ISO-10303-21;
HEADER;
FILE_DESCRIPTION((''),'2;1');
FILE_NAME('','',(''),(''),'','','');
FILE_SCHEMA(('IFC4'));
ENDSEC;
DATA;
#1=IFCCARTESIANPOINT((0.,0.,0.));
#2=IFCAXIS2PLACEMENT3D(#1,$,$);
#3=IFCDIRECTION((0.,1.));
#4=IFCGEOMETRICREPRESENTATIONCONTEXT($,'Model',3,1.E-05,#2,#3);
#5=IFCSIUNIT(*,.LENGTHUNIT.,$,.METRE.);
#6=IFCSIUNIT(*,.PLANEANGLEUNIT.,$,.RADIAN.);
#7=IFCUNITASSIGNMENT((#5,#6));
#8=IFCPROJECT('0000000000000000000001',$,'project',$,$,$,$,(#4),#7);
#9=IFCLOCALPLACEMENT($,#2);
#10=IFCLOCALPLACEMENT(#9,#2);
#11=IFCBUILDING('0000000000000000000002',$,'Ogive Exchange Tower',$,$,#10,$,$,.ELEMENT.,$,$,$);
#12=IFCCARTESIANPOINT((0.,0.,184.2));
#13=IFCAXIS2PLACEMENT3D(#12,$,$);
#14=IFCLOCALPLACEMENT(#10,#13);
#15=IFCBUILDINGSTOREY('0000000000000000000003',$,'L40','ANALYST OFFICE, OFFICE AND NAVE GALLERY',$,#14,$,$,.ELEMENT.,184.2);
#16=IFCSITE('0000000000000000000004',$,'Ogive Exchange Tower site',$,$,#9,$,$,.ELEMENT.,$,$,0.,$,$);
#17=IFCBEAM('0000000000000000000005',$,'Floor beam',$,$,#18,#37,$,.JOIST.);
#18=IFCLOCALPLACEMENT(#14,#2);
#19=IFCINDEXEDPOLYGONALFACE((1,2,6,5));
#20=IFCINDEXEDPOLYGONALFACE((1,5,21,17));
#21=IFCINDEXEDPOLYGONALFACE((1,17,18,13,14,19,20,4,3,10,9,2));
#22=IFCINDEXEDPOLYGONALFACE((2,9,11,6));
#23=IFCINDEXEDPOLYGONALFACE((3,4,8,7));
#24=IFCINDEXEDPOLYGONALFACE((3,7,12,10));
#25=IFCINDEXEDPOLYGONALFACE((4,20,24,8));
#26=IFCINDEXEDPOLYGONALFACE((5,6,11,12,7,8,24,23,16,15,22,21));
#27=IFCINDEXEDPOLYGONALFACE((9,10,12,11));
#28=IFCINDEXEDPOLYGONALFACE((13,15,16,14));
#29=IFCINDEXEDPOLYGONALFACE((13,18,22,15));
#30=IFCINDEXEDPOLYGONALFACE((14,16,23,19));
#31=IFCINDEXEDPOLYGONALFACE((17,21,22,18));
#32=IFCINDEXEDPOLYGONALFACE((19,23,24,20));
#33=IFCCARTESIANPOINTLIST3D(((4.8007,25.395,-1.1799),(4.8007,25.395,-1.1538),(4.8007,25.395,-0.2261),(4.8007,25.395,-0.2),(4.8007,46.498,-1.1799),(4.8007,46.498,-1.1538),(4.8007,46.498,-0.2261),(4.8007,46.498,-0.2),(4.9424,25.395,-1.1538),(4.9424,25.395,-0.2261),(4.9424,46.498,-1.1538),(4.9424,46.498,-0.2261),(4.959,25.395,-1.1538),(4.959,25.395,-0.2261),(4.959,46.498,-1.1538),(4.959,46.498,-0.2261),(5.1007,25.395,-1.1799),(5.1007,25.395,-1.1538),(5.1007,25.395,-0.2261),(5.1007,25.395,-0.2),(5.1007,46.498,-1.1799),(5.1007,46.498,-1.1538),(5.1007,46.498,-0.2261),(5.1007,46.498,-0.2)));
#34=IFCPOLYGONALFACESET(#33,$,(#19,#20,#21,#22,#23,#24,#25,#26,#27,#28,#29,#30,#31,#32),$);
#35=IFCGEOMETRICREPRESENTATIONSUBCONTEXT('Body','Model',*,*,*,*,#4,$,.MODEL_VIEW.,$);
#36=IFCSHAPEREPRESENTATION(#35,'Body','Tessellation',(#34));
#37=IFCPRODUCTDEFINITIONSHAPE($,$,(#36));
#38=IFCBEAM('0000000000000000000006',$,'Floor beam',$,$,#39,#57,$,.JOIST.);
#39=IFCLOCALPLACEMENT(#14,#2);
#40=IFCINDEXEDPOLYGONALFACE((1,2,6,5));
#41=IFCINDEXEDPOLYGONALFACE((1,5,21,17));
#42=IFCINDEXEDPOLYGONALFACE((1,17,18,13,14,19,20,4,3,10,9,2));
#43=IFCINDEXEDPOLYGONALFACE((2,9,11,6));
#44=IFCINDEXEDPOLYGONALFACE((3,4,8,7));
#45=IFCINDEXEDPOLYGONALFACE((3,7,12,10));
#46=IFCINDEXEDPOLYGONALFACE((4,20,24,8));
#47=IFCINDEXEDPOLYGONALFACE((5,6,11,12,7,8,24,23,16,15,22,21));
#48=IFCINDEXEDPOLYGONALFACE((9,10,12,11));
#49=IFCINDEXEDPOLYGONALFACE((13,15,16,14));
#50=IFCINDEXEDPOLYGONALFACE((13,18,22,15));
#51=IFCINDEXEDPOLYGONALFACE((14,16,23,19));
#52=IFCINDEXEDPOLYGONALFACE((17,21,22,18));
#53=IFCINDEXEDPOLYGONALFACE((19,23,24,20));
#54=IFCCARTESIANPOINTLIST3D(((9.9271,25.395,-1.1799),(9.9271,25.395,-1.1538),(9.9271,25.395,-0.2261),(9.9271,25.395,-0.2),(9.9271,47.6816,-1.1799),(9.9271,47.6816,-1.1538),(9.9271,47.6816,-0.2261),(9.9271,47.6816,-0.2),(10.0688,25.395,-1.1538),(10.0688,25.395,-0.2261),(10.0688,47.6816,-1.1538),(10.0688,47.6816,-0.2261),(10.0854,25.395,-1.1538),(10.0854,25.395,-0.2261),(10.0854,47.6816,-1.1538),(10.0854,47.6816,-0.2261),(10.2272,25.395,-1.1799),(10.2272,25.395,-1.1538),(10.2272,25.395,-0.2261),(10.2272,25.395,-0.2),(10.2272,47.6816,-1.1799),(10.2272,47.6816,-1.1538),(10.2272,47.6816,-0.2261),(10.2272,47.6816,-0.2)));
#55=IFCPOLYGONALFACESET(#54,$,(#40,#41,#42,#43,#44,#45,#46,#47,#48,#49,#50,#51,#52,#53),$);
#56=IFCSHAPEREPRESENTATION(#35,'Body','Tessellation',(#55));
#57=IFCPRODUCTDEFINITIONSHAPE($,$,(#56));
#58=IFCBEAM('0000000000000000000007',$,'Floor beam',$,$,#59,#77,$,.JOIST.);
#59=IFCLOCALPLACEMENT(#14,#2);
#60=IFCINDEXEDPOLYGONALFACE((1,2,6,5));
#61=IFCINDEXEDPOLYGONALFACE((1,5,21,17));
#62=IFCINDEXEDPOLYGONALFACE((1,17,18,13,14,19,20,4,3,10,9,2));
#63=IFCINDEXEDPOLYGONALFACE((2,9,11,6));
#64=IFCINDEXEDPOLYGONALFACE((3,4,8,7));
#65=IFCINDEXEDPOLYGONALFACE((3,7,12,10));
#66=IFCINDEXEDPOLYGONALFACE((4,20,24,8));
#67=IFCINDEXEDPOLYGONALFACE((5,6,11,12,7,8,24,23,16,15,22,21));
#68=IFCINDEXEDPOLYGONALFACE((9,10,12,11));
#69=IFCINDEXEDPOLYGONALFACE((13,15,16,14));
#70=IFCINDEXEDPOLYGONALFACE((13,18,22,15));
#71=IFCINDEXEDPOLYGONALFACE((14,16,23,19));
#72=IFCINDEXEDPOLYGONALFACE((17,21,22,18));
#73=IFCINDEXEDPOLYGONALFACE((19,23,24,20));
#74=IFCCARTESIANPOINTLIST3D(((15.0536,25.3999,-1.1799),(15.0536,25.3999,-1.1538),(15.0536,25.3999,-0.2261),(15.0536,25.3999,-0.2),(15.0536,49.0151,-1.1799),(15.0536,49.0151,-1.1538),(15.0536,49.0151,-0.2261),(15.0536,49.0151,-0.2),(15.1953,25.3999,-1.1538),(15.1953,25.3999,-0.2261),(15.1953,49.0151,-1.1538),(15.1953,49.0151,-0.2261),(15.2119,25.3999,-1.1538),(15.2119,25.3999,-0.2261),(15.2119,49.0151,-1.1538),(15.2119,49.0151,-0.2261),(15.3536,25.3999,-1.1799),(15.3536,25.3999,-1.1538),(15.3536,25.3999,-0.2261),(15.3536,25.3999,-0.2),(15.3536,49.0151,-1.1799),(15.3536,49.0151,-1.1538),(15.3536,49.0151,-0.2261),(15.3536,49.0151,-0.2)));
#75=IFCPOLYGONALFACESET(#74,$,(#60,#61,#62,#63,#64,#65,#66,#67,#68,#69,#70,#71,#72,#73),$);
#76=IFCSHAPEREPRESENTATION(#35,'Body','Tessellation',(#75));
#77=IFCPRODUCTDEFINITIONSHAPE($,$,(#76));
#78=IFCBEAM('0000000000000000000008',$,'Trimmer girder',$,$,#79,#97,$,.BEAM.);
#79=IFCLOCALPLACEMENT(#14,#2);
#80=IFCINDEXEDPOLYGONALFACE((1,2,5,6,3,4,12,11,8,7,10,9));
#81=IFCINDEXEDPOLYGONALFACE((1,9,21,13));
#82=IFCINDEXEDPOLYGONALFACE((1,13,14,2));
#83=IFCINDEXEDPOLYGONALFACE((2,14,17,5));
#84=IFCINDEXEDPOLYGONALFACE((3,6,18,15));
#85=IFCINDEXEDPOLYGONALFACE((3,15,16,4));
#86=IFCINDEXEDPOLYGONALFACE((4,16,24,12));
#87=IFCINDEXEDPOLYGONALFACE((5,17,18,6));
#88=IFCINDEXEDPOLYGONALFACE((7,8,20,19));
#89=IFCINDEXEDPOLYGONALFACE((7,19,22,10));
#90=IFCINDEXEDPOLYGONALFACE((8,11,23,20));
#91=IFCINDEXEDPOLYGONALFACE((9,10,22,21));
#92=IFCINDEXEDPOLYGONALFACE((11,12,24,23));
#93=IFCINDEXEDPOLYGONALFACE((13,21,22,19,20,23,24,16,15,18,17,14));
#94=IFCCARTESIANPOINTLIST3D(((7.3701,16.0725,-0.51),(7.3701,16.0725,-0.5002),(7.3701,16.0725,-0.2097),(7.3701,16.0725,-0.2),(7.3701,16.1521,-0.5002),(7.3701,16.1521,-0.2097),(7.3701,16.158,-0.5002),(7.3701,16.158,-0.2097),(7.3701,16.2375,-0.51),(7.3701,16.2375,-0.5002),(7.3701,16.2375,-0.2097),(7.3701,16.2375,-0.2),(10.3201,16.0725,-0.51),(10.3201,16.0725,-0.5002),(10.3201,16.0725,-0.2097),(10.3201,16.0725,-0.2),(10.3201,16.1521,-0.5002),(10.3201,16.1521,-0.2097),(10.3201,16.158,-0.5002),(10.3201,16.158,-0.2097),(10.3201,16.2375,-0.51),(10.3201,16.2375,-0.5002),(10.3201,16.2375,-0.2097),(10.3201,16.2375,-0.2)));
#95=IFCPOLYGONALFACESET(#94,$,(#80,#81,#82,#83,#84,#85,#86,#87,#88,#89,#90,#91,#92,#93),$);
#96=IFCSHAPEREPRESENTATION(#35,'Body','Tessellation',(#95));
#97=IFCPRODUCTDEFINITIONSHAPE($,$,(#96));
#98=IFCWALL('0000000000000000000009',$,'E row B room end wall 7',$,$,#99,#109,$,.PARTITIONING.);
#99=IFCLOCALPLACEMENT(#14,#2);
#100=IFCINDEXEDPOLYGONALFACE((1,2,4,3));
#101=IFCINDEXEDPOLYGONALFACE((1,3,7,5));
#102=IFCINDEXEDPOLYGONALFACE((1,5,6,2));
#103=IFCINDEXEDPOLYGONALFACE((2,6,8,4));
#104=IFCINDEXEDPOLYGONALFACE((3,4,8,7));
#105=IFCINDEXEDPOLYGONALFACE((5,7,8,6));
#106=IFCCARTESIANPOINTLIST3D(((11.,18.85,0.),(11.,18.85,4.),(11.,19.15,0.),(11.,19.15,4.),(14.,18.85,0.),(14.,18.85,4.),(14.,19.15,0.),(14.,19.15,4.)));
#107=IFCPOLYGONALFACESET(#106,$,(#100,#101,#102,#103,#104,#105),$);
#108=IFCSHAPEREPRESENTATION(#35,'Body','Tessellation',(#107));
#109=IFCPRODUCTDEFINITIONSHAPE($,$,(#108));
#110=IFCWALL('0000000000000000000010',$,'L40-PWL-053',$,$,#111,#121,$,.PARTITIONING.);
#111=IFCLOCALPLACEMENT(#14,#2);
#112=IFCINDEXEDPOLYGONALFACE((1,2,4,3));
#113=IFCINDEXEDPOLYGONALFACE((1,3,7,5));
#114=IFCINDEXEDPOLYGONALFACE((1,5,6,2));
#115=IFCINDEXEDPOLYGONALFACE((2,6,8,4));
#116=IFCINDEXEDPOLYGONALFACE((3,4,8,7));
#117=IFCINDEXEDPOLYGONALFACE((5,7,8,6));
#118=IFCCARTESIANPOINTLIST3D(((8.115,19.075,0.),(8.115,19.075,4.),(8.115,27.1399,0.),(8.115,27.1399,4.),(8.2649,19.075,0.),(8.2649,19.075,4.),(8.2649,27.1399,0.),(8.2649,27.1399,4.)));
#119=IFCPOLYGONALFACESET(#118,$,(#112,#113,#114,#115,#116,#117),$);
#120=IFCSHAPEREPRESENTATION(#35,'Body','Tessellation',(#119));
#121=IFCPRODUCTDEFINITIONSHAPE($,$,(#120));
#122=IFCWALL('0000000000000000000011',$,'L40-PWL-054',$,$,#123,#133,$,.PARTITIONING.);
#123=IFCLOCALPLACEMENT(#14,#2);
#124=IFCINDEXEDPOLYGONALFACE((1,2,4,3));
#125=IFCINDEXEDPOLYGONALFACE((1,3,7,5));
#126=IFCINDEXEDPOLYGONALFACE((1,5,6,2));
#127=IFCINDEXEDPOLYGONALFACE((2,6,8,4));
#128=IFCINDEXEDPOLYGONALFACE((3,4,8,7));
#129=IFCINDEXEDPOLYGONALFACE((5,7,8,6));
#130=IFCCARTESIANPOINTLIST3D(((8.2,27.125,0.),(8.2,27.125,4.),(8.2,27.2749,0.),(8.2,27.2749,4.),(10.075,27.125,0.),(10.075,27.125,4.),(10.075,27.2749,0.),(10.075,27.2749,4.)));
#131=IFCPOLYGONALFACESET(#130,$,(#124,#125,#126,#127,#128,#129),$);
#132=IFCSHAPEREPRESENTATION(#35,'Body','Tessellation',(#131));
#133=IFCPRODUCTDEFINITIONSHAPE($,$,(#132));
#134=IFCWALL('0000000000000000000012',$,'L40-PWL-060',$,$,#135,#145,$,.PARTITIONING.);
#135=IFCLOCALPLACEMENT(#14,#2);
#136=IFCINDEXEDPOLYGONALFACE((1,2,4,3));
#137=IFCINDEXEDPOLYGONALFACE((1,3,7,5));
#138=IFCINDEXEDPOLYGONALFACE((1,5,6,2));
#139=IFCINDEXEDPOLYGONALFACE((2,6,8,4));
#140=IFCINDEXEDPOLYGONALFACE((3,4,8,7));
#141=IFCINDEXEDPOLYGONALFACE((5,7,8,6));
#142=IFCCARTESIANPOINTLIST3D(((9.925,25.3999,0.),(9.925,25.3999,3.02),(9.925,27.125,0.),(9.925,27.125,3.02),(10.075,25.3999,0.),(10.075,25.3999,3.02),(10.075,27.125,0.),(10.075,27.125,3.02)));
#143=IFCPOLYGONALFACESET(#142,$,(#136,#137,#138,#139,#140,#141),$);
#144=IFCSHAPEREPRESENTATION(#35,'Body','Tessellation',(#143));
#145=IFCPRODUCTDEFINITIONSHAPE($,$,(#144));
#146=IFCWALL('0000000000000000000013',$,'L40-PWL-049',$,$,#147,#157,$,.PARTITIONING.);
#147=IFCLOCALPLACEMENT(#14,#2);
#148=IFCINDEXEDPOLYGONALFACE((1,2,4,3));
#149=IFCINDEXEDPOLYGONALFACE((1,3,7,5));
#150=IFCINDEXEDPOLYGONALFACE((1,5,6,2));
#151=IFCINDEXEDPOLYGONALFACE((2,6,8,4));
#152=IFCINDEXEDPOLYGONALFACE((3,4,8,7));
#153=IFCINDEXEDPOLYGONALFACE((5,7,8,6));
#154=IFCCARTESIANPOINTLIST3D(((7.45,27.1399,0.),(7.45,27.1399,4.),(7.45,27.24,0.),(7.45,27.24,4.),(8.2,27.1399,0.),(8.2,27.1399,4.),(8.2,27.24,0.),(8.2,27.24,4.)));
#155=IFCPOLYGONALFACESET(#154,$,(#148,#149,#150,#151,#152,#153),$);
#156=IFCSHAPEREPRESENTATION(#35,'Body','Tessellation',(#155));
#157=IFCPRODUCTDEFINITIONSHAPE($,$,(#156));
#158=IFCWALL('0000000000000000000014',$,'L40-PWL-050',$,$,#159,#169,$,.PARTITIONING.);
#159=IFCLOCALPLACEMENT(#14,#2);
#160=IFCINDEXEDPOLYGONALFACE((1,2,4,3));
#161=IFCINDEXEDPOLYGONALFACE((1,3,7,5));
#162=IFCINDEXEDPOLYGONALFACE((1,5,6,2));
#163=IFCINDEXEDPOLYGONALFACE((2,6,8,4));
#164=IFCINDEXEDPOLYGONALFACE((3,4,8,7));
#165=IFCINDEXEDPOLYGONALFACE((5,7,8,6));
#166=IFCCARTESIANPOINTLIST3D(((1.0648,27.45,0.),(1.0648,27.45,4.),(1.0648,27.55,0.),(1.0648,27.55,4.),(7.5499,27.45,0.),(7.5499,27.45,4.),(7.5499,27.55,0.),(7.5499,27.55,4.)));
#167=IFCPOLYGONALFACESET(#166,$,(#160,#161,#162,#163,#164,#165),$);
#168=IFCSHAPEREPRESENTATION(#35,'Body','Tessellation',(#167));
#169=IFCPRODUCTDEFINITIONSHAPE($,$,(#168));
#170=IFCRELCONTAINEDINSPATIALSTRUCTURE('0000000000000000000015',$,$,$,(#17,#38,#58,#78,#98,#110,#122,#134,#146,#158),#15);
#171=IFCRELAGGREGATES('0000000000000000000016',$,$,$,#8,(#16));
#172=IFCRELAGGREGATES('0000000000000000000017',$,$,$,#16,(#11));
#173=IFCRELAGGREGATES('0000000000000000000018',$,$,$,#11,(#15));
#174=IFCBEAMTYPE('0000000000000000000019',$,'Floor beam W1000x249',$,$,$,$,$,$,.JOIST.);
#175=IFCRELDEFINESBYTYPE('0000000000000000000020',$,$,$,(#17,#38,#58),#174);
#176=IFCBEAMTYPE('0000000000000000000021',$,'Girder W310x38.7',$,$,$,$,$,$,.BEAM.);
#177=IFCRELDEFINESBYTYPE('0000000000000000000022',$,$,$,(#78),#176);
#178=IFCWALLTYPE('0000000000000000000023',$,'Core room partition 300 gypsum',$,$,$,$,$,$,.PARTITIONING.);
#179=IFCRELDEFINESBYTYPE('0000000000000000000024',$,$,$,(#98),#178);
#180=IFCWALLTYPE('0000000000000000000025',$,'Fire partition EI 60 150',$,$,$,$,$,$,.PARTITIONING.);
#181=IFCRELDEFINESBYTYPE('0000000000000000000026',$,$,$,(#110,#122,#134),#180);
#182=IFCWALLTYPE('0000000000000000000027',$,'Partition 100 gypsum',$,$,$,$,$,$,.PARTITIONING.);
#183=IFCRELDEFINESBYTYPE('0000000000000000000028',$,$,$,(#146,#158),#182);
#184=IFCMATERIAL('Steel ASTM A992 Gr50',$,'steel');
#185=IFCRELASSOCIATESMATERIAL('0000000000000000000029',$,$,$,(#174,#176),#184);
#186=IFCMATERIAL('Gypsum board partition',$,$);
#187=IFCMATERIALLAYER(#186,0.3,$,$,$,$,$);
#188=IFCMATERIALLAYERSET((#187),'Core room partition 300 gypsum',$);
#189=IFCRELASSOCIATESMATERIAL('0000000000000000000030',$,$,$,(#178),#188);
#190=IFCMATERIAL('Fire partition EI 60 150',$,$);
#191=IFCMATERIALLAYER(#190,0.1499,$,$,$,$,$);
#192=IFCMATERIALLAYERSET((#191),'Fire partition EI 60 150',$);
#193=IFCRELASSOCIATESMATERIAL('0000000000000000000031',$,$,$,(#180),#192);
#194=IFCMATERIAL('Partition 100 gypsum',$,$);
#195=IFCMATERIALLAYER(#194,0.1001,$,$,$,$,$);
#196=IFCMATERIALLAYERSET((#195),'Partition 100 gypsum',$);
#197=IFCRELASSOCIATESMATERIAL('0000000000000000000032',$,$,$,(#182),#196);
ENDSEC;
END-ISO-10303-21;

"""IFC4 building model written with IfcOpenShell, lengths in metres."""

from ifc_helpers import new_model, si_unit, direction, frame, frame_2d, origin, origin_2d, place, context, subcontext, project, spatial, rectangle, i_section, extrude, material, layer, layer_set, material_profile, profile_set, type_object, element, save


model = new_model("IFC4")

# Units and contexts
model_context = context("Model", 3, precision=1e-05, world=origin(), true_north=direction((0.0, 1.0)))
body_context = subcontext(model_context, "Body", "Model", "MODEL_VIEW")
ifc_project = project(units=[si_unit("LENGTHUNIT", "METRE"), si_unit("PLANEANGLEUNIT", "RADIAN")], contexts=[model_context])

# Site, building, storey
site_placement = place(None, origin())
site = spatial("IfcSite", under=ifc_project, at=site_placement, Name="Ogive Exchange Tower site", CompositionType="ELEMENT", RefElevation=0.0)
building_placement = place(site_placement, origin())
building = spatial("IfcBuilding", under=site, at=building_placement, Name="Ogive Exchange Tower", CompositionType="ELEMENT")
storey_placement = place(building_placement, frame((0.0, 0.0, 184.2)))
storey = spatial("IfcBuildingStorey", under=building, at=storey_placement, Name="L40", Description="ANALYST OFFICE, OFFICE AND NAVE GALLERY", CompositionType="ELEMENT", Elevation=184.2)

# Beams
ifc_material_1 = material(Name="Steel ASTM A992 Gr50", Category="steel")
ifc_material_profile_1 = material_profile(ifc_material_1, i_section(OverallWidth=0.3, OverallDepth=0.98, WebThickness=0.0166, FlangeThickness=0.0261, at=origin_2d()), Name="W1000x249")
ifc_profile_set_1 = profile_set([ifc_material_profile_1], Name="Steel ASTM A992 Gr50")
beam_type_1 = type_object("IfcBeamType", Name="Floor beam W1000x249", PredefinedType="JOIST", material=ifc_profile_set_1)
beam_1_placement = place(storey_placement, frame((4.9507, 25.395, -0.6899), z_axis=(0.0, 1.0, 0.0), x_axis=(-1.0, 0.0, 0.0)))
element("IfcBeam", 1, at=beam_1_placement, inside=storey, type_object=beam_type_1, Name="Floor beam", PredefinedType="JOIST", context=body_context, shape_type="SweptSolid", body=[
    extrude(i_section(OverallWidth=0.3, OverallDepth=0.98, WebThickness=0.0166, FlangeThickness=0.0261, at=origin_2d()), origin(), (0.0, 0.0, 1.0), 21.103),
])
beam_2_placement = place(storey_placement, frame((10.0771, 25.395, -0.6899), z_axis=(0.0, 1.0, 0.0), x_axis=(-1.0, 0.0, 0.0)))
element("IfcBeam", 2, at=beam_2_placement, inside=storey, type_object=beam_type_1, Name="Floor beam", PredefinedType="JOIST", context=body_context, shape_type="SweptSolid", body=[
    extrude(i_section(OverallWidth=0.3, OverallDepth=0.98, WebThickness=0.0166, FlangeThickness=0.0261, at=origin_2d()), origin(), (0.0, 0.0, 1.0), 22.2866),
])
beam_3_placement = place(storey_placement, frame((15.2036, 25.3999, -0.6899), z_axis=(0.0, 1.0, 0.0), x_axis=(-1.0, 0.0, 0.0)))
element("IfcBeam", 3, at=beam_3_placement, inside=storey, type_object=beam_type_1, Name="Floor beam", PredefinedType="JOIST", context=body_context, shape_type="SweptSolid", body=[
    extrude(i_section(OverallWidth=0.3, OverallDepth=0.98, WebThickness=0.0166, FlangeThickness=0.0261, at=origin_2d()), origin(), (0.0, 0.0, 1.0), 23.6152),
])
ifc_material_profile_2 = material_profile(ifc_material_1, i_section(OverallWidth=0.165, OverallDepth=0.3101, WebThickness=0.0059, FlangeThickness=0.0098, at=origin_2d()), Name="W310x38.7")
ifc_profile_set_2 = profile_set([ifc_material_profile_2], Name="Steel ASTM A992 Gr50")
beam_type_2 = type_object("IfcBeamType", Name="Girder W310x38.7", PredefinedType="BEAM", material=ifc_profile_set_2)
beam_4_placement = place(storey_placement, frame((7.3701, 16.155, -0.355), z_axis=(1.0, 0.0, 0.0), x_axis=(0.0, 1.0, 0.0)))
element("IfcBeam", 4, at=beam_4_placement, inside=storey, type_object=beam_type_2, Name="Trimmer girder", PredefinedType="BEAM", context=body_context, shape_type="SweptSolid", body=[
    extrude(i_section(OverallWidth=0.165, OverallDepth=0.3101, WebThickness=0.0059, FlangeThickness=0.0098, at=origin_2d()), origin(), (0.0, 0.0, 1.0), 2.95),
])

# Walls
ifc_material_2 = material(Name="Gypsum board partition")
ifc_layer_1 = layer(ifc_material_2, 0.3)
ifc_layer_set_1 = layer_set([ifc_layer_1], Name="Core room partition 300 gypsum")
wall_type_1 = type_object("IfcWallType", Name="Core room partition 300 gypsum", PredefinedType="PARTITIONING", material=ifc_layer_set_1)
wall_1_placement = place(storey_placement, frame((11.0, 19.0, 0.0), z_axis=(0.0, 0.0, 1.0), x_axis=(1.0, 0.0, 0.0)))
element("IfcWall", 5, at=wall_1_placement, inside=storey, type_object=wall_type_1, Name="E row B room end wall 7", PredefinedType="PARTITIONING", context=body_context, shape_type="SweptSolid", body=[
    extrude(rectangle(XDim=3.0, YDim=0.3, at=frame_2d((1.5, 0.0))), origin(), (0.0, 0.0, 1.0), 4.0),
])
ifc_material_3 = material(Name="Fire partition EI 60 150")
ifc_layer_2 = layer(ifc_material_3, 0.1499)
ifc_layer_set_2 = layer_set([ifc_layer_2], Name="Fire partition EI 60 150")
wall_type_2 = type_object("IfcWallType", Name="Fire partition EI 60 150", PredefinedType="PARTITIONING", material=ifc_layer_set_2)
wall_2_placement = place(storey_placement, frame((8.1899, 19.075, 0.0), z_axis=(0.0, 0.0, 1.0), x_axis=(0.0, 1.0, 0.0)))
element("IfcWall", 6, at=wall_2_placement, inside=storey, type_object=wall_type_2, Name="L40-PWL-053", PredefinedType="PARTITIONING", context=body_context, shape_type="SweptSolid", body=[
    extrude(rectangle(XDim=8.0649, YDim=0.1499, at=frame_2d((4.0325, 0.0))), origin(), (0.0, 0.0, 1.0), 4.0),
])
wall_3_placement = place(storey_placement, frame((8.2, 27.2, 0.0), z_axis=(0.0, 0.0, 1.0), x_axis=(1.0, 0.0, 0.0)))
element("IfcWall", 7, at=wall_3_placement, inside=storey, type_object=wall_type_2, Name="L40-PWL-054", PredefinedType="PARTITIONING", context=body_context, shape_type="SweptSolid", body=[
    extrude(rectangle(XDim=1.875, YDim=0.1499, at=frame_2d((0.9375, 0.0))), origin(), (0.0, 0.0, 1.0), 4.0),
])
wall_4_placement = place(storey_placement, frame((10.0, 27.125, 0.0), z_axis=(0.0, 0.0, 1.0), x_axis=(0.0, -1.0, 0.0)))
element("IfcWall", 8, at=wall_4_placement, inside=storey, type_object=wall_type_2, Name="L40-PWL-060", PredefinedType="PARTITIONING", context=body_context, shape_type="SweptSolid", body=[
    extrude(rectangle(XDim=1.7251, YDim=0.1499, at=frame_2d((0.8625, 0.0))), origin(), (0.0, 0.0, 1.0), 3.02),
])
ifc_material_4 = material(Name="Partition 100 gypsum")
ifc_layer_3 = layer(ifc_material_4, 0.1001)
ifc_layer_set_3 = layer_set([ifc_layer_3], Name="Partition 100 gypsum")
wall_type_3 = type_object("IfcWallType", Name="Partition 100 gypsum", PredefinedType="PARTITIONING", material=ifc_layer_set_3)
wall_5_placement = place(storey_placement, frame((7.45, 27.1899, 0.0), z_axis=(0.0, 0.0, 1.0), x_axis=(1.0, 0.0, 0.0)))
element("IfcWall", 9, at=wall_5_placement, inside=storey, type_object=wall_type_3, Name="L40-PWL-049", PredefinedType="PARTITIONING", context=body_context, shape_type="SweptSolid", body=[
    extrude(rectangle(XDim=0.75, YDim=0.1001, at=frame_2d((0.375, 0.0))), origin(), (0.0, 0.0, 1.0), 4.0),
])
wall_6_placement = place(storey_placement, frame((7.55, 27.5, 0.0), z_axis=(0.0, 0.0, 1.0), x_axis=(-1.0, 0.0, 0.0)))
element("IfcWall", 10, at=wall_6_placement, inside=storey, type_object=wall_type_3, Name="L40-PWL-050", PredefinedType="PARTITIONING", context=body_context, shape_type="SweptSolid", body=[
    extrude(rectangle(XDim=6.4851, YDim=0.1001, at=frame_2d((3.2427, 0.0))), origin(), (0.0, 0.0, 1.0), 4.0),
])

save(model, "model.ifc")
